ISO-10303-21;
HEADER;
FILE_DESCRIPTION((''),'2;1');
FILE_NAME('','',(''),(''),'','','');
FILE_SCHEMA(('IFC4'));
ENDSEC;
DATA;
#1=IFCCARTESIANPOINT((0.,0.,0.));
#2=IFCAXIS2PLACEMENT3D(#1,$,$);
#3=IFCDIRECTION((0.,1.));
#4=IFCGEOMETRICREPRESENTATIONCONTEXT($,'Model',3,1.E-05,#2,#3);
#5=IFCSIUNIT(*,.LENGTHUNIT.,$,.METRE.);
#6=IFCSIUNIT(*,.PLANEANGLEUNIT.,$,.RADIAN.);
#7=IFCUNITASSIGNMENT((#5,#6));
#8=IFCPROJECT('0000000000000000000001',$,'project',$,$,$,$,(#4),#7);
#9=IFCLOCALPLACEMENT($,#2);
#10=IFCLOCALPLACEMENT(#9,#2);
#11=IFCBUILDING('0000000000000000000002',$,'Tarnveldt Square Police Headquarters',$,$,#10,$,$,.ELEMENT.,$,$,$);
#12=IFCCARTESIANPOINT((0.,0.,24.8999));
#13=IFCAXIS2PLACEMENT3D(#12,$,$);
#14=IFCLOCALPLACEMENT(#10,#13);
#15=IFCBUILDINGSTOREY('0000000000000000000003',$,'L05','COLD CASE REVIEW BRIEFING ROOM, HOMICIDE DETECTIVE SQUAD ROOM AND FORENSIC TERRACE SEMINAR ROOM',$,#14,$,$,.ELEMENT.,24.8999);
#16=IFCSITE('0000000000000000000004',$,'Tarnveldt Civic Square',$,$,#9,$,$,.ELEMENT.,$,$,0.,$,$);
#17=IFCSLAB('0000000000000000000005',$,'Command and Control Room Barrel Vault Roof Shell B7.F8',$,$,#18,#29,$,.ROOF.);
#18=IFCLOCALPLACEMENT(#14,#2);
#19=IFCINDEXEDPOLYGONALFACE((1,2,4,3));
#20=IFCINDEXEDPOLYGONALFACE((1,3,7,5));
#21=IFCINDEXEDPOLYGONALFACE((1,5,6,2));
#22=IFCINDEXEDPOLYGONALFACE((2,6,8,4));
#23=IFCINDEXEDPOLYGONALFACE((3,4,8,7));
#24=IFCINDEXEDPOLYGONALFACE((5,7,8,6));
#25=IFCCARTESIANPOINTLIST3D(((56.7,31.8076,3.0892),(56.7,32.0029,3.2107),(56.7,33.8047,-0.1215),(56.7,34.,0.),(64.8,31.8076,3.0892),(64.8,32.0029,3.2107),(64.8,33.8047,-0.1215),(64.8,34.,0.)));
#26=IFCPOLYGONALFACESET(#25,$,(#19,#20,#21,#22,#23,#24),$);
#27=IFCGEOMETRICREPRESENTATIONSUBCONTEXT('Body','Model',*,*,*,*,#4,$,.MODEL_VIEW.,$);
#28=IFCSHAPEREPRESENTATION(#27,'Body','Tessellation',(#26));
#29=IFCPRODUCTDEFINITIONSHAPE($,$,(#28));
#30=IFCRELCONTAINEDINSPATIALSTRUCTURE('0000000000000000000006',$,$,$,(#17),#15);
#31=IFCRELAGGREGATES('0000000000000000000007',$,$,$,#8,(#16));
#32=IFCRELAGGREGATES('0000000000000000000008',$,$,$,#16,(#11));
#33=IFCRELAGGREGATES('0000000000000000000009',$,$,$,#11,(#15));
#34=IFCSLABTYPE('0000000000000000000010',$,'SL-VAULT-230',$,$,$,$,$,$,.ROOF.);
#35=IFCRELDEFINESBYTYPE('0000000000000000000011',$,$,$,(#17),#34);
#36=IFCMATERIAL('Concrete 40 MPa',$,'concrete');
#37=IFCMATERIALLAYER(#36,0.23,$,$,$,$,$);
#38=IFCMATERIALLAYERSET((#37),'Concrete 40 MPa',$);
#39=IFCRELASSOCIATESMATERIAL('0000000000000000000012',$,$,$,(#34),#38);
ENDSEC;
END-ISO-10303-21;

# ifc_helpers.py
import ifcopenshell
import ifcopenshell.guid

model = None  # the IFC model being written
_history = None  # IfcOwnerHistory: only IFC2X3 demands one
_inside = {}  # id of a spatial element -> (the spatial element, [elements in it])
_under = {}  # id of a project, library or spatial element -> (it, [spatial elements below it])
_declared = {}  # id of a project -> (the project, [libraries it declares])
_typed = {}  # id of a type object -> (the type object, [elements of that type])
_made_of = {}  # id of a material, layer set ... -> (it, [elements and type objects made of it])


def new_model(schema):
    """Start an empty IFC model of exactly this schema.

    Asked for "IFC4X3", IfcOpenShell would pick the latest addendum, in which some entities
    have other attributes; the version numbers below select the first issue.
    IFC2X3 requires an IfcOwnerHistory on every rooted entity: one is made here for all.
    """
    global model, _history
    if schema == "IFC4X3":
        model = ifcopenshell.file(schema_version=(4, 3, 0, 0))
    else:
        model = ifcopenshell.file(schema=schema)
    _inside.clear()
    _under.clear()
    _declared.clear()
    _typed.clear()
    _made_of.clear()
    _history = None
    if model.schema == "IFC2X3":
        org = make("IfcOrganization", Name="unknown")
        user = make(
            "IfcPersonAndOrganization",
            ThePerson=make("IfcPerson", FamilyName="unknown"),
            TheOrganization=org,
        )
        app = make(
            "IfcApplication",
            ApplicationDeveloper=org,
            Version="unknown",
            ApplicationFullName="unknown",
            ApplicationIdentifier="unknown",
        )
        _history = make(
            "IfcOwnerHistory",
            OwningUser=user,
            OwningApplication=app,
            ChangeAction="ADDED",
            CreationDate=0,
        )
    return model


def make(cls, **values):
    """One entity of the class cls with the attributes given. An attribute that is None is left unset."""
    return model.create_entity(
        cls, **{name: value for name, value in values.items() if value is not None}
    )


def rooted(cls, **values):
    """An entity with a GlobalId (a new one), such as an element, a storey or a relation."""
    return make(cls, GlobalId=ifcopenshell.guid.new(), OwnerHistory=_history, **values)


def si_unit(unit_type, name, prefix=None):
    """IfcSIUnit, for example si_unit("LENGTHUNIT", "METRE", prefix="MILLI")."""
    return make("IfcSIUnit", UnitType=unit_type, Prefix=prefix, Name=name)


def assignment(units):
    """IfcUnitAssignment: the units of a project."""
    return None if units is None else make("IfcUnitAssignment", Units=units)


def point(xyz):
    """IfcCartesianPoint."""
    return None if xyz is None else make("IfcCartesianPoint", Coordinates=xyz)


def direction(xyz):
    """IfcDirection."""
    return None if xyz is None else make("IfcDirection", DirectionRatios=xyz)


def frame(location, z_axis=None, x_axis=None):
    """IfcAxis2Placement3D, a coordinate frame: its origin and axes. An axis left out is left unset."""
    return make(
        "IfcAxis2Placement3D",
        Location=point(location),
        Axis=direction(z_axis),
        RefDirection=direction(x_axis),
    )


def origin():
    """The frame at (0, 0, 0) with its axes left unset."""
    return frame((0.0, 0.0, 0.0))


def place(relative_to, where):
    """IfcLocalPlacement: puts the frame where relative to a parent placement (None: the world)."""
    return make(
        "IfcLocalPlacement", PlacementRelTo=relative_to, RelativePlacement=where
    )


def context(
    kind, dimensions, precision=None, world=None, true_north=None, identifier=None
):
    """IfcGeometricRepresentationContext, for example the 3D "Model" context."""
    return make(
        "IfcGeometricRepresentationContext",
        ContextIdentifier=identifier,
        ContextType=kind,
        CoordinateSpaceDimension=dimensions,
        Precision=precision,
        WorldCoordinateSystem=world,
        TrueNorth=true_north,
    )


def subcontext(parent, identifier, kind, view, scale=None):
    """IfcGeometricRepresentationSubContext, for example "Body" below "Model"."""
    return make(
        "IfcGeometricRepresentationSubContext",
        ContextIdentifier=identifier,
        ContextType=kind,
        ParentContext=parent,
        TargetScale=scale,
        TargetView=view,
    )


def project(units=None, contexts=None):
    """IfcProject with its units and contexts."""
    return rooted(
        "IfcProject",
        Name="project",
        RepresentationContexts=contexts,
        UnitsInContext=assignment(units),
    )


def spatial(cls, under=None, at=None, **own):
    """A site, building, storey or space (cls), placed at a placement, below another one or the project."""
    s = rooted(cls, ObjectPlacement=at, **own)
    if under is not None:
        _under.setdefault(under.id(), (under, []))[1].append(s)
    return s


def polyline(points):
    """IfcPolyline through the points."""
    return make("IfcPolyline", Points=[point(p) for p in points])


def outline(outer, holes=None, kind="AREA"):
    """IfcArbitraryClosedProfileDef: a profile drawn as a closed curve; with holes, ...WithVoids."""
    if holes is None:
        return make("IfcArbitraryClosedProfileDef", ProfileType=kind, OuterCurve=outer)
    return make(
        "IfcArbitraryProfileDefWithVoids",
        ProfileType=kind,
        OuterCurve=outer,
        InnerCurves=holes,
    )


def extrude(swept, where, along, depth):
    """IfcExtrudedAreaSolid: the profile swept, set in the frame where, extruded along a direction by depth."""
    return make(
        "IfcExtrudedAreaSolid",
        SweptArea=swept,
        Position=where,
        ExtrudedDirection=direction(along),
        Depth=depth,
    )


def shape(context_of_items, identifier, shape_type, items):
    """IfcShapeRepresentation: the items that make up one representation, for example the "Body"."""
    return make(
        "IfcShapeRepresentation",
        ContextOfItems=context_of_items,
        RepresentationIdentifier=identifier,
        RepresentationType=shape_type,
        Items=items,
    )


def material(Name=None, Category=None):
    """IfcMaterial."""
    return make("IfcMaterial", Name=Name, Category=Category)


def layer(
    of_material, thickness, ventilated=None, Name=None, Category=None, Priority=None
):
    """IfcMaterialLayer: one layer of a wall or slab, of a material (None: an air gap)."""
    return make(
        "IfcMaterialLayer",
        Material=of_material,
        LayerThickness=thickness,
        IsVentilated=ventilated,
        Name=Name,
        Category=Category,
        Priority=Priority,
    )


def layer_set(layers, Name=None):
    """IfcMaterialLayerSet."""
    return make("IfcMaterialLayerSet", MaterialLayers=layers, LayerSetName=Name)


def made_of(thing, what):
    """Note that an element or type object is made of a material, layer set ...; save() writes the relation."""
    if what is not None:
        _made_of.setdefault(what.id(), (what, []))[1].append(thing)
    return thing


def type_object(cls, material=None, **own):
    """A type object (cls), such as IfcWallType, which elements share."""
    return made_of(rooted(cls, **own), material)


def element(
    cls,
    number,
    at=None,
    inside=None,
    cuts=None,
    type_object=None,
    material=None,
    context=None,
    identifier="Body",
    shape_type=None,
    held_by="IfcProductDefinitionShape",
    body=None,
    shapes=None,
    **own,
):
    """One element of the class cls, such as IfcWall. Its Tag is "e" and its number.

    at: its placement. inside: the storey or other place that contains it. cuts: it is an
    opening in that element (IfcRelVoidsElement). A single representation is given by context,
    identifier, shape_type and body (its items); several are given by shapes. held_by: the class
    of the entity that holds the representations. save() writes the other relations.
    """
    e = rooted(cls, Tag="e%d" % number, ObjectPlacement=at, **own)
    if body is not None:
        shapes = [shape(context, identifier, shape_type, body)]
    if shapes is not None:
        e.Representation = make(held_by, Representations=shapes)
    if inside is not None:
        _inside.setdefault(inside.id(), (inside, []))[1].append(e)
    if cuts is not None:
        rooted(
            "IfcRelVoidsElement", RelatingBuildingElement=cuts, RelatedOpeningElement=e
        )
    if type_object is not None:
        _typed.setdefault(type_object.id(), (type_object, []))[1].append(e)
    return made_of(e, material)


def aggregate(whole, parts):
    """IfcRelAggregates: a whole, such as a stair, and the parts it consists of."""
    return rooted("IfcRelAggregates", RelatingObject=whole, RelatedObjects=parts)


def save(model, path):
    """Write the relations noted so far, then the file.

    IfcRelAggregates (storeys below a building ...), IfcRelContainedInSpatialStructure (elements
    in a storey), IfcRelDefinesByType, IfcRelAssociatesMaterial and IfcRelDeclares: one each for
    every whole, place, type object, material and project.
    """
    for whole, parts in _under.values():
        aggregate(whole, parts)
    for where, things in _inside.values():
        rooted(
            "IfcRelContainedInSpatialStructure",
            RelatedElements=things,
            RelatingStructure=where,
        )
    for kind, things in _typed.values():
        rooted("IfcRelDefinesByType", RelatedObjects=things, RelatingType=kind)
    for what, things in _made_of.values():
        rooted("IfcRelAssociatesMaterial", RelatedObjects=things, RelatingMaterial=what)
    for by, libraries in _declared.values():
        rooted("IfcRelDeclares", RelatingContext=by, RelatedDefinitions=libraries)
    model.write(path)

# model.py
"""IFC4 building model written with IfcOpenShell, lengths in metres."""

from ifc_helpers import new_model, si_unit, direction, frame, origin, place, context, subcontext, project, spatial, polyline, outline, extrude, material, layer, layer_set, type_object, element, save


model = new_model("IFC4")

# Units and contexts
model_context = context("Model", 3, precision=1e-05, world=origin(), true_north=direction((0.0, 1.0)))
body_context = subcontext(model_context, "Body", "Model", "MODEL_VIEW")
ifc_project = project(units=[si_unit("LENGTHUNIT", "METRE"), si_unit("PLANEANGLEUNIT", "RADIAN")], contexts=[model_context])

# Site, building, storey
site_placement = place(None, origin())
site = spatial("IfcSite", under=ifc_project, at=site_placement, Name="Tarnveldt Civic Square", CompositionType="ELEMENT", RefElevation=0.0)
building_placement = place(site_placement, origin())
building = spatial("IfcBuilding", under=site, at=building_placement, Name="Tarnveldt Square Police Headquarters", CompositionType="ELEMENT")
storey_placement = place(building_placement, frame((0.0, 0.0, 24.8999)))
storey = spatial("IfcBuildingStorey", under=building, at=storey_placement, Name="L05", Description="COLD CASE REVIEW BRIEFING ROOM, HOMICIDE DETECTIVE SQUAD ROOM AND FORENSIC TERRACE SEMINAR ROOM", CompositionType="ELEMENT", Elevation=24.8999)

# Shared definitions
ifc_material_1 = material(Name="Concrete 40 MPa", Category="concrete")

# Slab
ifc_layer_1 = layer(ifc_material_1, 0.23)
ifc_layer_set_1 = layer_set([ifc_layer_1], Name="Concrete 40 MPa")
slab_type_1 = type_object("IfcSlabType", Name="SL-VAULT-230", PredefinedType="ROOF", material=ifc_layer_set_1)
slab_1_placement = place(storey_placement, frame((56.7, 32.0029, 3.2107), z_axis=(0.0, 0.849139, 0.528169), x_axis=(1.0, 0.0, 0.0)))
element("IfcSlab", 1, at=slab_1_placement, inside=storey, type_object=slab_type_1, Name="Command and Control Room Barrel Vault Roof Shell B7.F8", PredefinedType="ROOF", context=body_context, shape_type="SweptSolid", body=[
    extrude(outline(polyline([(0.0, 0.0), (8.1001, 0.0), (8.1001, 3.7811), (0.0, 3.7811), (0.0, 0.0)])), origin(), (0.0, 0.0, -1.0), 0.23),
])

save(model, "model.ifc")
